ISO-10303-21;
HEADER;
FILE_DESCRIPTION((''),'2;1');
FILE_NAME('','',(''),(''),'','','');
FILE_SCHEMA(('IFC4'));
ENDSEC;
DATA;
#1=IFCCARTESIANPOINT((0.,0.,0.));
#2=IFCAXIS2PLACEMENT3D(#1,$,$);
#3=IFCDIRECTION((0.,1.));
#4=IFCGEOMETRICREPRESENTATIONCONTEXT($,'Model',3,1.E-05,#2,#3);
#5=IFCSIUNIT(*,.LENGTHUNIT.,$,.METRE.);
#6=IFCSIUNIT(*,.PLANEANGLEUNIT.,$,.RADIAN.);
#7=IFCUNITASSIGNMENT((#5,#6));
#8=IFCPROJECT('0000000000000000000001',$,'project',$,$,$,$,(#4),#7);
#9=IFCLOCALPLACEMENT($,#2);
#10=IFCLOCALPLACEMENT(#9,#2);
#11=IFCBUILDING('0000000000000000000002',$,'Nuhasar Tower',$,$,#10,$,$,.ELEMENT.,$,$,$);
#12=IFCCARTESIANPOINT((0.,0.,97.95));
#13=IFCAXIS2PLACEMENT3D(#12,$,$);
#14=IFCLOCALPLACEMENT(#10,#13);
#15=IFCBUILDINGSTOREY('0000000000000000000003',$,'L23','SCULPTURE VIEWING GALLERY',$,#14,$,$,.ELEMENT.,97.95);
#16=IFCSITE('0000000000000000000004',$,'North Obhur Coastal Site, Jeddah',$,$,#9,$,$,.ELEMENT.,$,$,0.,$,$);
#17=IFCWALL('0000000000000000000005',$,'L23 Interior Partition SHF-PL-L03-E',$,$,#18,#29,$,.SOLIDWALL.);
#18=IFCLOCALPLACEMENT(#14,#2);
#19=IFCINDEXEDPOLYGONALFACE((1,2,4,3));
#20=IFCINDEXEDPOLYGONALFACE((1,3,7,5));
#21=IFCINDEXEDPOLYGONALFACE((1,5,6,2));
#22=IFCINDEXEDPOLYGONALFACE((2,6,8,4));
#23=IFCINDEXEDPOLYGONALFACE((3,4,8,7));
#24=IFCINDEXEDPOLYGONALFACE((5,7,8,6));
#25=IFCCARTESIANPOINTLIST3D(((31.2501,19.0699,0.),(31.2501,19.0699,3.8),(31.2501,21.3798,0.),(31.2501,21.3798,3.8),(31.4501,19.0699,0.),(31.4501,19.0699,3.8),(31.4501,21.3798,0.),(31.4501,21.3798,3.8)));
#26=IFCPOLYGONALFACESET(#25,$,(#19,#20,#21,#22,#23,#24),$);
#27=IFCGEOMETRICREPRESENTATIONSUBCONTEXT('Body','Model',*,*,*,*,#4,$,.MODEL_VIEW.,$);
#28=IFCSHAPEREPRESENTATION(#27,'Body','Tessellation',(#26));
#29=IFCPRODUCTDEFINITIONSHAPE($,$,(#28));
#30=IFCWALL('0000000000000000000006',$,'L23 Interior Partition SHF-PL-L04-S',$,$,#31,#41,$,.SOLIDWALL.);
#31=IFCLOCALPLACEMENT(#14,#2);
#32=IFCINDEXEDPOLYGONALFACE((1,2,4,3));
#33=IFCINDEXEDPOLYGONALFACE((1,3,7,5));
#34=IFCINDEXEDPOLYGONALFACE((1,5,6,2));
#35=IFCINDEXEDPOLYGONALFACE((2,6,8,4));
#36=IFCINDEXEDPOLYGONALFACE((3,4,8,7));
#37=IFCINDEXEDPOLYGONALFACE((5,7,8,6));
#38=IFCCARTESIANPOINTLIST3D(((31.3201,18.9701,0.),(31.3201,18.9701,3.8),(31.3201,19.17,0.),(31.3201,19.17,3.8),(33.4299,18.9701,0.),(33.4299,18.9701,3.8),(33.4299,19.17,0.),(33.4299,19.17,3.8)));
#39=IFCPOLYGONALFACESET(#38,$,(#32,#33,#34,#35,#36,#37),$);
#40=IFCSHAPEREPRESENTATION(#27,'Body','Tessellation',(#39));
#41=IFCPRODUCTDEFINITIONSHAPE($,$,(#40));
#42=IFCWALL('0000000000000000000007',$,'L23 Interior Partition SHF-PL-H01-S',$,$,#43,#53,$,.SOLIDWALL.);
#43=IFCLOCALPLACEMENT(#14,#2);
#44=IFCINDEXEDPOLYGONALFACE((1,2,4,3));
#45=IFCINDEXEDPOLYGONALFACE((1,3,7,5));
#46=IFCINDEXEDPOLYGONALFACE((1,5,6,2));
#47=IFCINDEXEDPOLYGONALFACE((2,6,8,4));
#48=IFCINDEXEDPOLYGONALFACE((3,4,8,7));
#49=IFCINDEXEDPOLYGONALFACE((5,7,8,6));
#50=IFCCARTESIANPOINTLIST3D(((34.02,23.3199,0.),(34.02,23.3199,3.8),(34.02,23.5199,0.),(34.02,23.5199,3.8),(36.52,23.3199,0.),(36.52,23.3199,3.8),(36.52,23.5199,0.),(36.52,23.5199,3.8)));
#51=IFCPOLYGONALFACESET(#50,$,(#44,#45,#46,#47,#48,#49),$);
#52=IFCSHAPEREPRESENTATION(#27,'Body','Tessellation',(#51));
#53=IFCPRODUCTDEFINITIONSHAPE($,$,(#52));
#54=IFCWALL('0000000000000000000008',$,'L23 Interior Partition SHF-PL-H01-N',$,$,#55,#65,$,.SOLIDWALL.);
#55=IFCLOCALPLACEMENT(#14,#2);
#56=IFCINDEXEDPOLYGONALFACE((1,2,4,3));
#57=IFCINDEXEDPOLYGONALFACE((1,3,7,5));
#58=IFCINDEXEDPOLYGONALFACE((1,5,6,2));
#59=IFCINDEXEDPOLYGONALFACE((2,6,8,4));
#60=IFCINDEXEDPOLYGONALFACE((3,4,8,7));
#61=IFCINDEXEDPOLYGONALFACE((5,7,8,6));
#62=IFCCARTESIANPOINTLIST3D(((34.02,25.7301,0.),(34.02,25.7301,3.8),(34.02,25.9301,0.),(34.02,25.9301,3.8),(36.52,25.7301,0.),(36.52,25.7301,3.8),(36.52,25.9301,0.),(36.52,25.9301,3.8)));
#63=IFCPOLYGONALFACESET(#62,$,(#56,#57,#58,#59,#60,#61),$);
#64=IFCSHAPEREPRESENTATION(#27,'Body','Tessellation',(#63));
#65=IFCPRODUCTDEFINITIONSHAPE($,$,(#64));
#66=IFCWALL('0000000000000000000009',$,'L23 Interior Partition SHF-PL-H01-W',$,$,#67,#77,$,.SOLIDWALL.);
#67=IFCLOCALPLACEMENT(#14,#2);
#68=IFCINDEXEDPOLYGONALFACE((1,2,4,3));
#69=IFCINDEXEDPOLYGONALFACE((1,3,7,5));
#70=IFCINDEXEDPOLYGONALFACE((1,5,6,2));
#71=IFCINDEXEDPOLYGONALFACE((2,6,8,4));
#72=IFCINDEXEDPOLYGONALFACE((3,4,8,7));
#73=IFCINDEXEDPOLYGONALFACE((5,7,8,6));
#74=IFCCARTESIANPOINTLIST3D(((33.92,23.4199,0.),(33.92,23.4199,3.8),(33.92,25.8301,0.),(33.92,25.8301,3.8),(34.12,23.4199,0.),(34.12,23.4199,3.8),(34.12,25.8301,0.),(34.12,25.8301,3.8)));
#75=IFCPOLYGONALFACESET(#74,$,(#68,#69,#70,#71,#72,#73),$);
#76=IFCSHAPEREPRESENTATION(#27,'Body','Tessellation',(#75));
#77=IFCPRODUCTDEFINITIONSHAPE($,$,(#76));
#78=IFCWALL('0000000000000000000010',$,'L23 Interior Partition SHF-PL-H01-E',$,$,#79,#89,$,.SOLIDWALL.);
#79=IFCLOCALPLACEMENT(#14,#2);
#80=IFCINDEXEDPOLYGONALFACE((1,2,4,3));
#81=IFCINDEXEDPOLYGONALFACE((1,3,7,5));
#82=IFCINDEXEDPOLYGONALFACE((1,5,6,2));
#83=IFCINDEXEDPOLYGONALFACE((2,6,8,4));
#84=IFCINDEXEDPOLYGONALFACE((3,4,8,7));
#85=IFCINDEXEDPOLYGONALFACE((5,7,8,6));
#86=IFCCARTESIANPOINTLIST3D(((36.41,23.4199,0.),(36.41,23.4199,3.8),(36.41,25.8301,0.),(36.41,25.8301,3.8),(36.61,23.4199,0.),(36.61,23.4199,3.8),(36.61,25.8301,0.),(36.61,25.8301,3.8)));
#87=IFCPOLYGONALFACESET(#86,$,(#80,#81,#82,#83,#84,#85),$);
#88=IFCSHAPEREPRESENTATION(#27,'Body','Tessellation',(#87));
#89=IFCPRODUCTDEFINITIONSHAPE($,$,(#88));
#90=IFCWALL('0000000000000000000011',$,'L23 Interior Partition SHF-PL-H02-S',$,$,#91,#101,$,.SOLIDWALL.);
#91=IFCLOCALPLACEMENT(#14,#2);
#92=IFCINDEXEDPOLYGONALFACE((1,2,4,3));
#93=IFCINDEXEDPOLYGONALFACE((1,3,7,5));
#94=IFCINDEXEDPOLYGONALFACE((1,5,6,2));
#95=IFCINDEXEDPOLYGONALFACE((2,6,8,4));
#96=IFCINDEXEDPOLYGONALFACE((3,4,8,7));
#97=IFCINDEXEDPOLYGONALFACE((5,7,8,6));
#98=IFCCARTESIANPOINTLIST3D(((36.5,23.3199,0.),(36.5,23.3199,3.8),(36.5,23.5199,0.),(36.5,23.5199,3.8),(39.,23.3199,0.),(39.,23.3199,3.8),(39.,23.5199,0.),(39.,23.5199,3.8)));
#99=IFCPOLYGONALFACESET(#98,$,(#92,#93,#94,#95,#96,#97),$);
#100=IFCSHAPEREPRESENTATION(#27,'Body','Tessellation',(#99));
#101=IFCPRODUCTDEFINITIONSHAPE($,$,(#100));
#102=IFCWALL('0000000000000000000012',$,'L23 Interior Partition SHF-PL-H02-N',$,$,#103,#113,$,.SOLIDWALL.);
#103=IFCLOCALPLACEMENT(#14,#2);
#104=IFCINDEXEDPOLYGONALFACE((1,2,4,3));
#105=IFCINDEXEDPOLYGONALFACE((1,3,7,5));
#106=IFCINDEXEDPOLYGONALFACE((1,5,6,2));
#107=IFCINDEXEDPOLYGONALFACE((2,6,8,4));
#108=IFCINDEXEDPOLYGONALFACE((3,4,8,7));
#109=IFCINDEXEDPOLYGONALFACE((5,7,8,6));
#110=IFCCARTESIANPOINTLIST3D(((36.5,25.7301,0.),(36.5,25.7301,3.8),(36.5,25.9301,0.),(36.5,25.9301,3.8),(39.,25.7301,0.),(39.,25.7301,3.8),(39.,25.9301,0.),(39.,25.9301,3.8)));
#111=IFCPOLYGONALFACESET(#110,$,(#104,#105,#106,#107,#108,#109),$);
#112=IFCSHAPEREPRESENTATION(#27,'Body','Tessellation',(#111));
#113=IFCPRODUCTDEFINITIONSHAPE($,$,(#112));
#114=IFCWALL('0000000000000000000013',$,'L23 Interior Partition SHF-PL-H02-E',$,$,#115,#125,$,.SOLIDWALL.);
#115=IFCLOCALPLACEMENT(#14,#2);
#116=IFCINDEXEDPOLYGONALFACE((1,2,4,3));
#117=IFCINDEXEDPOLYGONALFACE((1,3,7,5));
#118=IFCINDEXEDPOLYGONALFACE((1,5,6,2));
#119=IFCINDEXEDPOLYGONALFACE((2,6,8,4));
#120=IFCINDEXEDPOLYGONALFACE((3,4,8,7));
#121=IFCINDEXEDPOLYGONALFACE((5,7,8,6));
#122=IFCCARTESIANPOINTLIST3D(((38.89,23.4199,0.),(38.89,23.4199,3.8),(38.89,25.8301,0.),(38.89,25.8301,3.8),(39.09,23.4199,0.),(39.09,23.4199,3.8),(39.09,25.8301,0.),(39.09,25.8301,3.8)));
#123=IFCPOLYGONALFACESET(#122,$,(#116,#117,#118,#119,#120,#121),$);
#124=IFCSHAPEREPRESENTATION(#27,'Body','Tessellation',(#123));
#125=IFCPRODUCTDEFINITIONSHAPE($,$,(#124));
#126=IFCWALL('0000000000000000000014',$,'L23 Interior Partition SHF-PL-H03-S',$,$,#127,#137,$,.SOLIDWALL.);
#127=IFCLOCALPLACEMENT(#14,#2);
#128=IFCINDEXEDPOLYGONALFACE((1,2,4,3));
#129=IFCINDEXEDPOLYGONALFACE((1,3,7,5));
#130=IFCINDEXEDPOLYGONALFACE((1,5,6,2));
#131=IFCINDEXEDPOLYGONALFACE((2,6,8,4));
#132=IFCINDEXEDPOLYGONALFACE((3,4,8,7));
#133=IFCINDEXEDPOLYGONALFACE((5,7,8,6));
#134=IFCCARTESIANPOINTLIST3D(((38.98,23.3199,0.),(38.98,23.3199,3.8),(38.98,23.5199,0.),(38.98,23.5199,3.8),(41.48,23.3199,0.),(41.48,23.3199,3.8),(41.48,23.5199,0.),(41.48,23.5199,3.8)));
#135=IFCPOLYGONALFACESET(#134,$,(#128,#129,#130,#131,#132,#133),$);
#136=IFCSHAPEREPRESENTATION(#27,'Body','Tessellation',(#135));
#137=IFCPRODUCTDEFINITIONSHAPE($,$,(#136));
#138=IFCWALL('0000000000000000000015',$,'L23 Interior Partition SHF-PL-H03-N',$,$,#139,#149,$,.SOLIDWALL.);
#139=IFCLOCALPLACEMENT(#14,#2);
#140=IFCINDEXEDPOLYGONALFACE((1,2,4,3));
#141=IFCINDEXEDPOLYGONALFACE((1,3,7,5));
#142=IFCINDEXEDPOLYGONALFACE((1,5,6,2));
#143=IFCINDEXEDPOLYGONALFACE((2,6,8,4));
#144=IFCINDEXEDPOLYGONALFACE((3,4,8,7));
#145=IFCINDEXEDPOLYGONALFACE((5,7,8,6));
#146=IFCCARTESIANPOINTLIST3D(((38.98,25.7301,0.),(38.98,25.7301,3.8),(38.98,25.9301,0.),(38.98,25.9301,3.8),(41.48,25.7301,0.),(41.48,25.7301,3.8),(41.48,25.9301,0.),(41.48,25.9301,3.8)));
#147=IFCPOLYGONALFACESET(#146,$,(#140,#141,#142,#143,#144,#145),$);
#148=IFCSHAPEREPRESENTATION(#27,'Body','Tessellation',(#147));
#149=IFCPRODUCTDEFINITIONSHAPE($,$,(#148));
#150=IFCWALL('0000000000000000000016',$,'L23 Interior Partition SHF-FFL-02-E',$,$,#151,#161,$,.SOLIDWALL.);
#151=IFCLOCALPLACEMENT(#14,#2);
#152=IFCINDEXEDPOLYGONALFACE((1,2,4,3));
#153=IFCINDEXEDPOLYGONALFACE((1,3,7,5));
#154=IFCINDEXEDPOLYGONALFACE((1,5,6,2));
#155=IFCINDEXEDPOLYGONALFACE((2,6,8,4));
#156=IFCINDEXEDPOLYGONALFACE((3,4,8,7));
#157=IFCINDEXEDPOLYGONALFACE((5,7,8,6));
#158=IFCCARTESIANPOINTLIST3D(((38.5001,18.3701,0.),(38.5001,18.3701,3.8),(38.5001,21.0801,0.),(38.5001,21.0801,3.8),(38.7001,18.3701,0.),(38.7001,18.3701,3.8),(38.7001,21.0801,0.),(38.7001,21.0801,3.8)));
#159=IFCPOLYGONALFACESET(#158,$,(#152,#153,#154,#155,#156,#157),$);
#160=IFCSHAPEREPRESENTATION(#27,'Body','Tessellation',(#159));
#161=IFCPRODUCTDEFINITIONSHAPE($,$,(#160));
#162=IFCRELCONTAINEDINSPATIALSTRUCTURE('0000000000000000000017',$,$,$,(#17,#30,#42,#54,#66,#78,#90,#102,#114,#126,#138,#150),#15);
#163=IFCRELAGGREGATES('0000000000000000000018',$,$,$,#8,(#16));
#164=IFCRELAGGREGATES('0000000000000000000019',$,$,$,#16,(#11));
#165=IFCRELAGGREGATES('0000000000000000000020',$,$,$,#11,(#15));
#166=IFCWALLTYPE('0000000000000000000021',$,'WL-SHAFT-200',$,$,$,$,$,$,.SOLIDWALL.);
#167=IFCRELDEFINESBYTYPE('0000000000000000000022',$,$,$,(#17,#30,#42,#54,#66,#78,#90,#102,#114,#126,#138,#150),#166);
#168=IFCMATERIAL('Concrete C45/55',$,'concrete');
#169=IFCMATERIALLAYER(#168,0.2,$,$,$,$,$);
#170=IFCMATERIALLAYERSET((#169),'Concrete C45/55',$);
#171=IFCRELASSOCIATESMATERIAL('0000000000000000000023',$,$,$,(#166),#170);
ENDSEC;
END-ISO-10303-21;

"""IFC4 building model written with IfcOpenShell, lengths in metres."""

from ifc_helpers import new_model, si_unit, direction, frame, frame_2d, origin, place, context, subcontext, project, spatial, rectangle, extrude, material, layer, layer_set, type_object, element, save


model = new_model("IFC4")

# Units and contexts
model_context = context("Model", 3, precision=1e-05, world=origin(), true_north=direction((0.0, 1.0)))
body_context = subcontext(model_context, "Body", "Model", "MODEL_VIEW")
ifc_project = project(units=[si_unit("LENGTHUNIT", "METRE"), si_unit("PLANEANGLEUNIT", "RADIAN")], contexts=[model_context])

# Site, building, storey
site_placement = place(None, origin())
site = spatial("IfcSite", under=ifc_project, at=site_placement, Name="North Obhur Coastal Site, Jeddah", CompositionType="ELEMENT", RefElevation=0.0)
building_placement = place(site_placement, origin())
building = spatial("IfcBuilding", under=site, at=building_placement, Name="Nuhasar Tower", CompositionType="ELEMENT")
storey_placement = place(building_placement, frame((0.0, 0.0, 97.95)))
storey = spatial("IfcBuildingStorey", under=building, at=storey_placement, Name="L23", Description="SCULPTURE VIEWING GALLERY", CompositionType="ELEMENT", Elevation=97.95)

# Shared definitions
ifc_material_1 = material(Name="Concrete C45/55", Category="concrete")
ifc_layer_1 = layer(ifc_material_1, 0.2)
ifc_layer_set_1 = layer_set([ifc_layer_1], Name="Concrete C45/55")
wall_type_1 = type_object("IfcWallType", Name="WL-SHAFT-200", PredefinedType="SOLIDWALL", material=ifc_layer_set_1)

# Walls
for number, where, z_axis, x_axis, name in (
    (1, (31.3501, 19.0701, 0.0), (0.0, 0.0, 1.0), (0.0, 1.0, 0.0), "L23 Interior Partition SHF-PL-L03-E"),
):
    element("IfcWall", number, at=place(storey_placement, frame(where, z_axis=z_axis, x_axis=x_axis)), inside=storey, type_object=wall_type_1, Name=name, PredefinedType="SOLIDWALL", context=body_context, shape_type="SweptSolid", body=[
        extrude(rectangle(XDim=2.3098, YDim=0.2, at=frame_2d((1.1548, 0.0))), origin(), (0.0, 0.0, 1.0), 3.8),
    ])
wall_1_placement = place(storey_placement, frame((31.3201, 19.0701, 0.0), z_axis=(0.0, 0.0, 1.0), x_axis=(1.0, 0.0, 0.0)))
element("IfcWall", 2, at=wall_1_placement, inside=storey, type_object=wall_type_1, Name="L23 Interior Partition SHF-PL-L04-S", PredefinedType="SOLIDWALL", context=body_context, shape_type="SweptSolid", body=[
    extrude(rectangle(XDim=2.1099, YDim=0.2, at=frame_2d((1.0549, 0.0))), origin(), (0.0, 0.0, 1.0), 3.8),
])

# Walls
for number, where, z_axis, x_axis, name in (
    (3, (34.02, 23.4199, 0.0), (0.0, 0.0, 1.0), (1.0, 0.0, 0.0), "L23 Interior Partition SHF-PL-H01-S"),
    (4, (34.02, 25.8301, 0.0), (0.0, 0.0, 1.0), (1.0, 0.0, 0.0), "L23 Interior Partition SHF-PL-H01-N"),
):
    element("IfcWall", number, at=place(storey_placement, frame(where, z_axis=z_axis, x_axis=x_axis)), inside=storey, type_object=wall_type_1, Name=name, PredefinedType="SOLIDWALL", context=body_context, shape_type="SweptSolid", body=[
        extrude(rectangle(XDim=2.5, YDim=0.2, at=frame_2d((1.25, 0.0))), origin(), (0.0, 0.0, 1.0), 3.8),
    ])
for number, where, z_axis, x_axis, name in (
    (5, (34.02, 23.4199, 0.0), (0.0, 0.0, 1.0), (0.0, 1.0, 0.0), "L23 Interior Partition SHF-PL-H01-W"),
    (6, (36.51, 23.4199, 0.0), (0.0, 0.0, 1.0), (0.0, 1.0, 0.0), "L23 Interior Partition SHF-PL-H01-E"),
):
    element("IfcWall", number, at=place(storey_placement, frame(where, z_axis=z_axis, x_axis=x_axis)), inside=storey, type_object=wall_type_1, Name=name, PredefinedType="SOLIDWALL", context=body_context, shape_type="SweptSolid", body=[
        extrude(rectangle(XDim=2.4102, YDim=0.2, at=frame_2d((1.2051, 0.0))), origin(), (0.0, 0.0, 1.0), 3.8),
    ])
for number, where, z_axis, x_axis, name in (
    (7, (36.5, 23.4199, 0.0), (0.0, 0.0, 1.0), (1.0, 0.0, 0.0), "L23 Interior Partition SHF-PL-H02-S"),
    (8, (36.5, 25.8301, 0.0), (0.0, 0.0, 1.0), (1.0, 0.0, 0.0), "L23 Interior Partition SHF-PL-H02-N"),
):
    element("IfcWall", number, at=place(storey_placement, frame(where, z_axis=z_axis, x_axis=x_axis)), inside=storey, type_object=wall_type_1, Name=name, PredefinedType="SOLIDWALL", context=body_context, shape_type="SweptSolid", body=[
        extrude(rectangle(XDim=2.5, YDim=0.2, at=frame_2d((1.25, 0.0))), origin(), (0.0, 0.0, 1.0), 3.8),
    ])
wall_2_placement = place(storey_placement, frame((38.99, 23.4199, 0.0), z_axis=(0.0, 0.0, 1.0), x_axis=(0.0, 1.0, 0.0)))
element("IfcWall", 9, at=wall_2_placement, inside=storey, type_object=wall_type_1, Name="L23 Interior Partition SHF-PL-H02-E", PredefinedType="SOLIDWALL", context=body_context, shape_type="SweptSolid", body=[
    extrude(rectangle(XDim=2.4102, YDim=0.2, at=frame_2d((1.2051, 0.0))), origin(), (0.0, 0.0, 1.0), 3.8),
])
for number, where, z_axis, x_axis, name in (
    (10, (38.98, 23.4199, 0.0), (0.0, 0.0, 1.0), (1.0, 0.0, 0.0), "L23 Interior Partition SHF-PL-H03-S"),
    (11, (38.98, 25.8301, 0.0), (0.0, 0.0, 1.0), (1.0, 0.0, 0.0), "L23 Interior Partition SHF-PL-H03-N"),
):
    element("IfcWall", number, at=place(storey_placement, frame(where, z_axis=z_axis, x_axis=x_axis)), inside=storey, type_object=wall_type_1, Name=name, PredefinedType="SOLIDWALL", context=body_context, shape_type="SweptSolid", body=[
        extrude(rectangle(XDim=2.5, YDim=0.2, at=frame_2d((1.25, 0.0))), origin(), (0.0, 0.0, 1.0), 3.8),
    ])
wall_3_placement = place(storey_placement, frame((38.6001, 18.3701, 0.0), z_axis=(0.0, 0.0, 1.0), x_axis=(0.0, 1.0, 0.0)))
element("IfcWall", 12, at=wall_3_placement, inside=storey, type_object=wall_type_1, Name="L23 Interior Partition SHF-FFL-02-E", PredefinedType="SOLIDWALL", context=body_context, shape_type="SweptSolid", body=[
    extrude(rectangle(XDim=2.71, YDim=0.2, at=frame_2d((1.355, 0.0))), origin(), (0.0, 0.0, 1.0), 3.8),
])

save(model, "model.ifc")
